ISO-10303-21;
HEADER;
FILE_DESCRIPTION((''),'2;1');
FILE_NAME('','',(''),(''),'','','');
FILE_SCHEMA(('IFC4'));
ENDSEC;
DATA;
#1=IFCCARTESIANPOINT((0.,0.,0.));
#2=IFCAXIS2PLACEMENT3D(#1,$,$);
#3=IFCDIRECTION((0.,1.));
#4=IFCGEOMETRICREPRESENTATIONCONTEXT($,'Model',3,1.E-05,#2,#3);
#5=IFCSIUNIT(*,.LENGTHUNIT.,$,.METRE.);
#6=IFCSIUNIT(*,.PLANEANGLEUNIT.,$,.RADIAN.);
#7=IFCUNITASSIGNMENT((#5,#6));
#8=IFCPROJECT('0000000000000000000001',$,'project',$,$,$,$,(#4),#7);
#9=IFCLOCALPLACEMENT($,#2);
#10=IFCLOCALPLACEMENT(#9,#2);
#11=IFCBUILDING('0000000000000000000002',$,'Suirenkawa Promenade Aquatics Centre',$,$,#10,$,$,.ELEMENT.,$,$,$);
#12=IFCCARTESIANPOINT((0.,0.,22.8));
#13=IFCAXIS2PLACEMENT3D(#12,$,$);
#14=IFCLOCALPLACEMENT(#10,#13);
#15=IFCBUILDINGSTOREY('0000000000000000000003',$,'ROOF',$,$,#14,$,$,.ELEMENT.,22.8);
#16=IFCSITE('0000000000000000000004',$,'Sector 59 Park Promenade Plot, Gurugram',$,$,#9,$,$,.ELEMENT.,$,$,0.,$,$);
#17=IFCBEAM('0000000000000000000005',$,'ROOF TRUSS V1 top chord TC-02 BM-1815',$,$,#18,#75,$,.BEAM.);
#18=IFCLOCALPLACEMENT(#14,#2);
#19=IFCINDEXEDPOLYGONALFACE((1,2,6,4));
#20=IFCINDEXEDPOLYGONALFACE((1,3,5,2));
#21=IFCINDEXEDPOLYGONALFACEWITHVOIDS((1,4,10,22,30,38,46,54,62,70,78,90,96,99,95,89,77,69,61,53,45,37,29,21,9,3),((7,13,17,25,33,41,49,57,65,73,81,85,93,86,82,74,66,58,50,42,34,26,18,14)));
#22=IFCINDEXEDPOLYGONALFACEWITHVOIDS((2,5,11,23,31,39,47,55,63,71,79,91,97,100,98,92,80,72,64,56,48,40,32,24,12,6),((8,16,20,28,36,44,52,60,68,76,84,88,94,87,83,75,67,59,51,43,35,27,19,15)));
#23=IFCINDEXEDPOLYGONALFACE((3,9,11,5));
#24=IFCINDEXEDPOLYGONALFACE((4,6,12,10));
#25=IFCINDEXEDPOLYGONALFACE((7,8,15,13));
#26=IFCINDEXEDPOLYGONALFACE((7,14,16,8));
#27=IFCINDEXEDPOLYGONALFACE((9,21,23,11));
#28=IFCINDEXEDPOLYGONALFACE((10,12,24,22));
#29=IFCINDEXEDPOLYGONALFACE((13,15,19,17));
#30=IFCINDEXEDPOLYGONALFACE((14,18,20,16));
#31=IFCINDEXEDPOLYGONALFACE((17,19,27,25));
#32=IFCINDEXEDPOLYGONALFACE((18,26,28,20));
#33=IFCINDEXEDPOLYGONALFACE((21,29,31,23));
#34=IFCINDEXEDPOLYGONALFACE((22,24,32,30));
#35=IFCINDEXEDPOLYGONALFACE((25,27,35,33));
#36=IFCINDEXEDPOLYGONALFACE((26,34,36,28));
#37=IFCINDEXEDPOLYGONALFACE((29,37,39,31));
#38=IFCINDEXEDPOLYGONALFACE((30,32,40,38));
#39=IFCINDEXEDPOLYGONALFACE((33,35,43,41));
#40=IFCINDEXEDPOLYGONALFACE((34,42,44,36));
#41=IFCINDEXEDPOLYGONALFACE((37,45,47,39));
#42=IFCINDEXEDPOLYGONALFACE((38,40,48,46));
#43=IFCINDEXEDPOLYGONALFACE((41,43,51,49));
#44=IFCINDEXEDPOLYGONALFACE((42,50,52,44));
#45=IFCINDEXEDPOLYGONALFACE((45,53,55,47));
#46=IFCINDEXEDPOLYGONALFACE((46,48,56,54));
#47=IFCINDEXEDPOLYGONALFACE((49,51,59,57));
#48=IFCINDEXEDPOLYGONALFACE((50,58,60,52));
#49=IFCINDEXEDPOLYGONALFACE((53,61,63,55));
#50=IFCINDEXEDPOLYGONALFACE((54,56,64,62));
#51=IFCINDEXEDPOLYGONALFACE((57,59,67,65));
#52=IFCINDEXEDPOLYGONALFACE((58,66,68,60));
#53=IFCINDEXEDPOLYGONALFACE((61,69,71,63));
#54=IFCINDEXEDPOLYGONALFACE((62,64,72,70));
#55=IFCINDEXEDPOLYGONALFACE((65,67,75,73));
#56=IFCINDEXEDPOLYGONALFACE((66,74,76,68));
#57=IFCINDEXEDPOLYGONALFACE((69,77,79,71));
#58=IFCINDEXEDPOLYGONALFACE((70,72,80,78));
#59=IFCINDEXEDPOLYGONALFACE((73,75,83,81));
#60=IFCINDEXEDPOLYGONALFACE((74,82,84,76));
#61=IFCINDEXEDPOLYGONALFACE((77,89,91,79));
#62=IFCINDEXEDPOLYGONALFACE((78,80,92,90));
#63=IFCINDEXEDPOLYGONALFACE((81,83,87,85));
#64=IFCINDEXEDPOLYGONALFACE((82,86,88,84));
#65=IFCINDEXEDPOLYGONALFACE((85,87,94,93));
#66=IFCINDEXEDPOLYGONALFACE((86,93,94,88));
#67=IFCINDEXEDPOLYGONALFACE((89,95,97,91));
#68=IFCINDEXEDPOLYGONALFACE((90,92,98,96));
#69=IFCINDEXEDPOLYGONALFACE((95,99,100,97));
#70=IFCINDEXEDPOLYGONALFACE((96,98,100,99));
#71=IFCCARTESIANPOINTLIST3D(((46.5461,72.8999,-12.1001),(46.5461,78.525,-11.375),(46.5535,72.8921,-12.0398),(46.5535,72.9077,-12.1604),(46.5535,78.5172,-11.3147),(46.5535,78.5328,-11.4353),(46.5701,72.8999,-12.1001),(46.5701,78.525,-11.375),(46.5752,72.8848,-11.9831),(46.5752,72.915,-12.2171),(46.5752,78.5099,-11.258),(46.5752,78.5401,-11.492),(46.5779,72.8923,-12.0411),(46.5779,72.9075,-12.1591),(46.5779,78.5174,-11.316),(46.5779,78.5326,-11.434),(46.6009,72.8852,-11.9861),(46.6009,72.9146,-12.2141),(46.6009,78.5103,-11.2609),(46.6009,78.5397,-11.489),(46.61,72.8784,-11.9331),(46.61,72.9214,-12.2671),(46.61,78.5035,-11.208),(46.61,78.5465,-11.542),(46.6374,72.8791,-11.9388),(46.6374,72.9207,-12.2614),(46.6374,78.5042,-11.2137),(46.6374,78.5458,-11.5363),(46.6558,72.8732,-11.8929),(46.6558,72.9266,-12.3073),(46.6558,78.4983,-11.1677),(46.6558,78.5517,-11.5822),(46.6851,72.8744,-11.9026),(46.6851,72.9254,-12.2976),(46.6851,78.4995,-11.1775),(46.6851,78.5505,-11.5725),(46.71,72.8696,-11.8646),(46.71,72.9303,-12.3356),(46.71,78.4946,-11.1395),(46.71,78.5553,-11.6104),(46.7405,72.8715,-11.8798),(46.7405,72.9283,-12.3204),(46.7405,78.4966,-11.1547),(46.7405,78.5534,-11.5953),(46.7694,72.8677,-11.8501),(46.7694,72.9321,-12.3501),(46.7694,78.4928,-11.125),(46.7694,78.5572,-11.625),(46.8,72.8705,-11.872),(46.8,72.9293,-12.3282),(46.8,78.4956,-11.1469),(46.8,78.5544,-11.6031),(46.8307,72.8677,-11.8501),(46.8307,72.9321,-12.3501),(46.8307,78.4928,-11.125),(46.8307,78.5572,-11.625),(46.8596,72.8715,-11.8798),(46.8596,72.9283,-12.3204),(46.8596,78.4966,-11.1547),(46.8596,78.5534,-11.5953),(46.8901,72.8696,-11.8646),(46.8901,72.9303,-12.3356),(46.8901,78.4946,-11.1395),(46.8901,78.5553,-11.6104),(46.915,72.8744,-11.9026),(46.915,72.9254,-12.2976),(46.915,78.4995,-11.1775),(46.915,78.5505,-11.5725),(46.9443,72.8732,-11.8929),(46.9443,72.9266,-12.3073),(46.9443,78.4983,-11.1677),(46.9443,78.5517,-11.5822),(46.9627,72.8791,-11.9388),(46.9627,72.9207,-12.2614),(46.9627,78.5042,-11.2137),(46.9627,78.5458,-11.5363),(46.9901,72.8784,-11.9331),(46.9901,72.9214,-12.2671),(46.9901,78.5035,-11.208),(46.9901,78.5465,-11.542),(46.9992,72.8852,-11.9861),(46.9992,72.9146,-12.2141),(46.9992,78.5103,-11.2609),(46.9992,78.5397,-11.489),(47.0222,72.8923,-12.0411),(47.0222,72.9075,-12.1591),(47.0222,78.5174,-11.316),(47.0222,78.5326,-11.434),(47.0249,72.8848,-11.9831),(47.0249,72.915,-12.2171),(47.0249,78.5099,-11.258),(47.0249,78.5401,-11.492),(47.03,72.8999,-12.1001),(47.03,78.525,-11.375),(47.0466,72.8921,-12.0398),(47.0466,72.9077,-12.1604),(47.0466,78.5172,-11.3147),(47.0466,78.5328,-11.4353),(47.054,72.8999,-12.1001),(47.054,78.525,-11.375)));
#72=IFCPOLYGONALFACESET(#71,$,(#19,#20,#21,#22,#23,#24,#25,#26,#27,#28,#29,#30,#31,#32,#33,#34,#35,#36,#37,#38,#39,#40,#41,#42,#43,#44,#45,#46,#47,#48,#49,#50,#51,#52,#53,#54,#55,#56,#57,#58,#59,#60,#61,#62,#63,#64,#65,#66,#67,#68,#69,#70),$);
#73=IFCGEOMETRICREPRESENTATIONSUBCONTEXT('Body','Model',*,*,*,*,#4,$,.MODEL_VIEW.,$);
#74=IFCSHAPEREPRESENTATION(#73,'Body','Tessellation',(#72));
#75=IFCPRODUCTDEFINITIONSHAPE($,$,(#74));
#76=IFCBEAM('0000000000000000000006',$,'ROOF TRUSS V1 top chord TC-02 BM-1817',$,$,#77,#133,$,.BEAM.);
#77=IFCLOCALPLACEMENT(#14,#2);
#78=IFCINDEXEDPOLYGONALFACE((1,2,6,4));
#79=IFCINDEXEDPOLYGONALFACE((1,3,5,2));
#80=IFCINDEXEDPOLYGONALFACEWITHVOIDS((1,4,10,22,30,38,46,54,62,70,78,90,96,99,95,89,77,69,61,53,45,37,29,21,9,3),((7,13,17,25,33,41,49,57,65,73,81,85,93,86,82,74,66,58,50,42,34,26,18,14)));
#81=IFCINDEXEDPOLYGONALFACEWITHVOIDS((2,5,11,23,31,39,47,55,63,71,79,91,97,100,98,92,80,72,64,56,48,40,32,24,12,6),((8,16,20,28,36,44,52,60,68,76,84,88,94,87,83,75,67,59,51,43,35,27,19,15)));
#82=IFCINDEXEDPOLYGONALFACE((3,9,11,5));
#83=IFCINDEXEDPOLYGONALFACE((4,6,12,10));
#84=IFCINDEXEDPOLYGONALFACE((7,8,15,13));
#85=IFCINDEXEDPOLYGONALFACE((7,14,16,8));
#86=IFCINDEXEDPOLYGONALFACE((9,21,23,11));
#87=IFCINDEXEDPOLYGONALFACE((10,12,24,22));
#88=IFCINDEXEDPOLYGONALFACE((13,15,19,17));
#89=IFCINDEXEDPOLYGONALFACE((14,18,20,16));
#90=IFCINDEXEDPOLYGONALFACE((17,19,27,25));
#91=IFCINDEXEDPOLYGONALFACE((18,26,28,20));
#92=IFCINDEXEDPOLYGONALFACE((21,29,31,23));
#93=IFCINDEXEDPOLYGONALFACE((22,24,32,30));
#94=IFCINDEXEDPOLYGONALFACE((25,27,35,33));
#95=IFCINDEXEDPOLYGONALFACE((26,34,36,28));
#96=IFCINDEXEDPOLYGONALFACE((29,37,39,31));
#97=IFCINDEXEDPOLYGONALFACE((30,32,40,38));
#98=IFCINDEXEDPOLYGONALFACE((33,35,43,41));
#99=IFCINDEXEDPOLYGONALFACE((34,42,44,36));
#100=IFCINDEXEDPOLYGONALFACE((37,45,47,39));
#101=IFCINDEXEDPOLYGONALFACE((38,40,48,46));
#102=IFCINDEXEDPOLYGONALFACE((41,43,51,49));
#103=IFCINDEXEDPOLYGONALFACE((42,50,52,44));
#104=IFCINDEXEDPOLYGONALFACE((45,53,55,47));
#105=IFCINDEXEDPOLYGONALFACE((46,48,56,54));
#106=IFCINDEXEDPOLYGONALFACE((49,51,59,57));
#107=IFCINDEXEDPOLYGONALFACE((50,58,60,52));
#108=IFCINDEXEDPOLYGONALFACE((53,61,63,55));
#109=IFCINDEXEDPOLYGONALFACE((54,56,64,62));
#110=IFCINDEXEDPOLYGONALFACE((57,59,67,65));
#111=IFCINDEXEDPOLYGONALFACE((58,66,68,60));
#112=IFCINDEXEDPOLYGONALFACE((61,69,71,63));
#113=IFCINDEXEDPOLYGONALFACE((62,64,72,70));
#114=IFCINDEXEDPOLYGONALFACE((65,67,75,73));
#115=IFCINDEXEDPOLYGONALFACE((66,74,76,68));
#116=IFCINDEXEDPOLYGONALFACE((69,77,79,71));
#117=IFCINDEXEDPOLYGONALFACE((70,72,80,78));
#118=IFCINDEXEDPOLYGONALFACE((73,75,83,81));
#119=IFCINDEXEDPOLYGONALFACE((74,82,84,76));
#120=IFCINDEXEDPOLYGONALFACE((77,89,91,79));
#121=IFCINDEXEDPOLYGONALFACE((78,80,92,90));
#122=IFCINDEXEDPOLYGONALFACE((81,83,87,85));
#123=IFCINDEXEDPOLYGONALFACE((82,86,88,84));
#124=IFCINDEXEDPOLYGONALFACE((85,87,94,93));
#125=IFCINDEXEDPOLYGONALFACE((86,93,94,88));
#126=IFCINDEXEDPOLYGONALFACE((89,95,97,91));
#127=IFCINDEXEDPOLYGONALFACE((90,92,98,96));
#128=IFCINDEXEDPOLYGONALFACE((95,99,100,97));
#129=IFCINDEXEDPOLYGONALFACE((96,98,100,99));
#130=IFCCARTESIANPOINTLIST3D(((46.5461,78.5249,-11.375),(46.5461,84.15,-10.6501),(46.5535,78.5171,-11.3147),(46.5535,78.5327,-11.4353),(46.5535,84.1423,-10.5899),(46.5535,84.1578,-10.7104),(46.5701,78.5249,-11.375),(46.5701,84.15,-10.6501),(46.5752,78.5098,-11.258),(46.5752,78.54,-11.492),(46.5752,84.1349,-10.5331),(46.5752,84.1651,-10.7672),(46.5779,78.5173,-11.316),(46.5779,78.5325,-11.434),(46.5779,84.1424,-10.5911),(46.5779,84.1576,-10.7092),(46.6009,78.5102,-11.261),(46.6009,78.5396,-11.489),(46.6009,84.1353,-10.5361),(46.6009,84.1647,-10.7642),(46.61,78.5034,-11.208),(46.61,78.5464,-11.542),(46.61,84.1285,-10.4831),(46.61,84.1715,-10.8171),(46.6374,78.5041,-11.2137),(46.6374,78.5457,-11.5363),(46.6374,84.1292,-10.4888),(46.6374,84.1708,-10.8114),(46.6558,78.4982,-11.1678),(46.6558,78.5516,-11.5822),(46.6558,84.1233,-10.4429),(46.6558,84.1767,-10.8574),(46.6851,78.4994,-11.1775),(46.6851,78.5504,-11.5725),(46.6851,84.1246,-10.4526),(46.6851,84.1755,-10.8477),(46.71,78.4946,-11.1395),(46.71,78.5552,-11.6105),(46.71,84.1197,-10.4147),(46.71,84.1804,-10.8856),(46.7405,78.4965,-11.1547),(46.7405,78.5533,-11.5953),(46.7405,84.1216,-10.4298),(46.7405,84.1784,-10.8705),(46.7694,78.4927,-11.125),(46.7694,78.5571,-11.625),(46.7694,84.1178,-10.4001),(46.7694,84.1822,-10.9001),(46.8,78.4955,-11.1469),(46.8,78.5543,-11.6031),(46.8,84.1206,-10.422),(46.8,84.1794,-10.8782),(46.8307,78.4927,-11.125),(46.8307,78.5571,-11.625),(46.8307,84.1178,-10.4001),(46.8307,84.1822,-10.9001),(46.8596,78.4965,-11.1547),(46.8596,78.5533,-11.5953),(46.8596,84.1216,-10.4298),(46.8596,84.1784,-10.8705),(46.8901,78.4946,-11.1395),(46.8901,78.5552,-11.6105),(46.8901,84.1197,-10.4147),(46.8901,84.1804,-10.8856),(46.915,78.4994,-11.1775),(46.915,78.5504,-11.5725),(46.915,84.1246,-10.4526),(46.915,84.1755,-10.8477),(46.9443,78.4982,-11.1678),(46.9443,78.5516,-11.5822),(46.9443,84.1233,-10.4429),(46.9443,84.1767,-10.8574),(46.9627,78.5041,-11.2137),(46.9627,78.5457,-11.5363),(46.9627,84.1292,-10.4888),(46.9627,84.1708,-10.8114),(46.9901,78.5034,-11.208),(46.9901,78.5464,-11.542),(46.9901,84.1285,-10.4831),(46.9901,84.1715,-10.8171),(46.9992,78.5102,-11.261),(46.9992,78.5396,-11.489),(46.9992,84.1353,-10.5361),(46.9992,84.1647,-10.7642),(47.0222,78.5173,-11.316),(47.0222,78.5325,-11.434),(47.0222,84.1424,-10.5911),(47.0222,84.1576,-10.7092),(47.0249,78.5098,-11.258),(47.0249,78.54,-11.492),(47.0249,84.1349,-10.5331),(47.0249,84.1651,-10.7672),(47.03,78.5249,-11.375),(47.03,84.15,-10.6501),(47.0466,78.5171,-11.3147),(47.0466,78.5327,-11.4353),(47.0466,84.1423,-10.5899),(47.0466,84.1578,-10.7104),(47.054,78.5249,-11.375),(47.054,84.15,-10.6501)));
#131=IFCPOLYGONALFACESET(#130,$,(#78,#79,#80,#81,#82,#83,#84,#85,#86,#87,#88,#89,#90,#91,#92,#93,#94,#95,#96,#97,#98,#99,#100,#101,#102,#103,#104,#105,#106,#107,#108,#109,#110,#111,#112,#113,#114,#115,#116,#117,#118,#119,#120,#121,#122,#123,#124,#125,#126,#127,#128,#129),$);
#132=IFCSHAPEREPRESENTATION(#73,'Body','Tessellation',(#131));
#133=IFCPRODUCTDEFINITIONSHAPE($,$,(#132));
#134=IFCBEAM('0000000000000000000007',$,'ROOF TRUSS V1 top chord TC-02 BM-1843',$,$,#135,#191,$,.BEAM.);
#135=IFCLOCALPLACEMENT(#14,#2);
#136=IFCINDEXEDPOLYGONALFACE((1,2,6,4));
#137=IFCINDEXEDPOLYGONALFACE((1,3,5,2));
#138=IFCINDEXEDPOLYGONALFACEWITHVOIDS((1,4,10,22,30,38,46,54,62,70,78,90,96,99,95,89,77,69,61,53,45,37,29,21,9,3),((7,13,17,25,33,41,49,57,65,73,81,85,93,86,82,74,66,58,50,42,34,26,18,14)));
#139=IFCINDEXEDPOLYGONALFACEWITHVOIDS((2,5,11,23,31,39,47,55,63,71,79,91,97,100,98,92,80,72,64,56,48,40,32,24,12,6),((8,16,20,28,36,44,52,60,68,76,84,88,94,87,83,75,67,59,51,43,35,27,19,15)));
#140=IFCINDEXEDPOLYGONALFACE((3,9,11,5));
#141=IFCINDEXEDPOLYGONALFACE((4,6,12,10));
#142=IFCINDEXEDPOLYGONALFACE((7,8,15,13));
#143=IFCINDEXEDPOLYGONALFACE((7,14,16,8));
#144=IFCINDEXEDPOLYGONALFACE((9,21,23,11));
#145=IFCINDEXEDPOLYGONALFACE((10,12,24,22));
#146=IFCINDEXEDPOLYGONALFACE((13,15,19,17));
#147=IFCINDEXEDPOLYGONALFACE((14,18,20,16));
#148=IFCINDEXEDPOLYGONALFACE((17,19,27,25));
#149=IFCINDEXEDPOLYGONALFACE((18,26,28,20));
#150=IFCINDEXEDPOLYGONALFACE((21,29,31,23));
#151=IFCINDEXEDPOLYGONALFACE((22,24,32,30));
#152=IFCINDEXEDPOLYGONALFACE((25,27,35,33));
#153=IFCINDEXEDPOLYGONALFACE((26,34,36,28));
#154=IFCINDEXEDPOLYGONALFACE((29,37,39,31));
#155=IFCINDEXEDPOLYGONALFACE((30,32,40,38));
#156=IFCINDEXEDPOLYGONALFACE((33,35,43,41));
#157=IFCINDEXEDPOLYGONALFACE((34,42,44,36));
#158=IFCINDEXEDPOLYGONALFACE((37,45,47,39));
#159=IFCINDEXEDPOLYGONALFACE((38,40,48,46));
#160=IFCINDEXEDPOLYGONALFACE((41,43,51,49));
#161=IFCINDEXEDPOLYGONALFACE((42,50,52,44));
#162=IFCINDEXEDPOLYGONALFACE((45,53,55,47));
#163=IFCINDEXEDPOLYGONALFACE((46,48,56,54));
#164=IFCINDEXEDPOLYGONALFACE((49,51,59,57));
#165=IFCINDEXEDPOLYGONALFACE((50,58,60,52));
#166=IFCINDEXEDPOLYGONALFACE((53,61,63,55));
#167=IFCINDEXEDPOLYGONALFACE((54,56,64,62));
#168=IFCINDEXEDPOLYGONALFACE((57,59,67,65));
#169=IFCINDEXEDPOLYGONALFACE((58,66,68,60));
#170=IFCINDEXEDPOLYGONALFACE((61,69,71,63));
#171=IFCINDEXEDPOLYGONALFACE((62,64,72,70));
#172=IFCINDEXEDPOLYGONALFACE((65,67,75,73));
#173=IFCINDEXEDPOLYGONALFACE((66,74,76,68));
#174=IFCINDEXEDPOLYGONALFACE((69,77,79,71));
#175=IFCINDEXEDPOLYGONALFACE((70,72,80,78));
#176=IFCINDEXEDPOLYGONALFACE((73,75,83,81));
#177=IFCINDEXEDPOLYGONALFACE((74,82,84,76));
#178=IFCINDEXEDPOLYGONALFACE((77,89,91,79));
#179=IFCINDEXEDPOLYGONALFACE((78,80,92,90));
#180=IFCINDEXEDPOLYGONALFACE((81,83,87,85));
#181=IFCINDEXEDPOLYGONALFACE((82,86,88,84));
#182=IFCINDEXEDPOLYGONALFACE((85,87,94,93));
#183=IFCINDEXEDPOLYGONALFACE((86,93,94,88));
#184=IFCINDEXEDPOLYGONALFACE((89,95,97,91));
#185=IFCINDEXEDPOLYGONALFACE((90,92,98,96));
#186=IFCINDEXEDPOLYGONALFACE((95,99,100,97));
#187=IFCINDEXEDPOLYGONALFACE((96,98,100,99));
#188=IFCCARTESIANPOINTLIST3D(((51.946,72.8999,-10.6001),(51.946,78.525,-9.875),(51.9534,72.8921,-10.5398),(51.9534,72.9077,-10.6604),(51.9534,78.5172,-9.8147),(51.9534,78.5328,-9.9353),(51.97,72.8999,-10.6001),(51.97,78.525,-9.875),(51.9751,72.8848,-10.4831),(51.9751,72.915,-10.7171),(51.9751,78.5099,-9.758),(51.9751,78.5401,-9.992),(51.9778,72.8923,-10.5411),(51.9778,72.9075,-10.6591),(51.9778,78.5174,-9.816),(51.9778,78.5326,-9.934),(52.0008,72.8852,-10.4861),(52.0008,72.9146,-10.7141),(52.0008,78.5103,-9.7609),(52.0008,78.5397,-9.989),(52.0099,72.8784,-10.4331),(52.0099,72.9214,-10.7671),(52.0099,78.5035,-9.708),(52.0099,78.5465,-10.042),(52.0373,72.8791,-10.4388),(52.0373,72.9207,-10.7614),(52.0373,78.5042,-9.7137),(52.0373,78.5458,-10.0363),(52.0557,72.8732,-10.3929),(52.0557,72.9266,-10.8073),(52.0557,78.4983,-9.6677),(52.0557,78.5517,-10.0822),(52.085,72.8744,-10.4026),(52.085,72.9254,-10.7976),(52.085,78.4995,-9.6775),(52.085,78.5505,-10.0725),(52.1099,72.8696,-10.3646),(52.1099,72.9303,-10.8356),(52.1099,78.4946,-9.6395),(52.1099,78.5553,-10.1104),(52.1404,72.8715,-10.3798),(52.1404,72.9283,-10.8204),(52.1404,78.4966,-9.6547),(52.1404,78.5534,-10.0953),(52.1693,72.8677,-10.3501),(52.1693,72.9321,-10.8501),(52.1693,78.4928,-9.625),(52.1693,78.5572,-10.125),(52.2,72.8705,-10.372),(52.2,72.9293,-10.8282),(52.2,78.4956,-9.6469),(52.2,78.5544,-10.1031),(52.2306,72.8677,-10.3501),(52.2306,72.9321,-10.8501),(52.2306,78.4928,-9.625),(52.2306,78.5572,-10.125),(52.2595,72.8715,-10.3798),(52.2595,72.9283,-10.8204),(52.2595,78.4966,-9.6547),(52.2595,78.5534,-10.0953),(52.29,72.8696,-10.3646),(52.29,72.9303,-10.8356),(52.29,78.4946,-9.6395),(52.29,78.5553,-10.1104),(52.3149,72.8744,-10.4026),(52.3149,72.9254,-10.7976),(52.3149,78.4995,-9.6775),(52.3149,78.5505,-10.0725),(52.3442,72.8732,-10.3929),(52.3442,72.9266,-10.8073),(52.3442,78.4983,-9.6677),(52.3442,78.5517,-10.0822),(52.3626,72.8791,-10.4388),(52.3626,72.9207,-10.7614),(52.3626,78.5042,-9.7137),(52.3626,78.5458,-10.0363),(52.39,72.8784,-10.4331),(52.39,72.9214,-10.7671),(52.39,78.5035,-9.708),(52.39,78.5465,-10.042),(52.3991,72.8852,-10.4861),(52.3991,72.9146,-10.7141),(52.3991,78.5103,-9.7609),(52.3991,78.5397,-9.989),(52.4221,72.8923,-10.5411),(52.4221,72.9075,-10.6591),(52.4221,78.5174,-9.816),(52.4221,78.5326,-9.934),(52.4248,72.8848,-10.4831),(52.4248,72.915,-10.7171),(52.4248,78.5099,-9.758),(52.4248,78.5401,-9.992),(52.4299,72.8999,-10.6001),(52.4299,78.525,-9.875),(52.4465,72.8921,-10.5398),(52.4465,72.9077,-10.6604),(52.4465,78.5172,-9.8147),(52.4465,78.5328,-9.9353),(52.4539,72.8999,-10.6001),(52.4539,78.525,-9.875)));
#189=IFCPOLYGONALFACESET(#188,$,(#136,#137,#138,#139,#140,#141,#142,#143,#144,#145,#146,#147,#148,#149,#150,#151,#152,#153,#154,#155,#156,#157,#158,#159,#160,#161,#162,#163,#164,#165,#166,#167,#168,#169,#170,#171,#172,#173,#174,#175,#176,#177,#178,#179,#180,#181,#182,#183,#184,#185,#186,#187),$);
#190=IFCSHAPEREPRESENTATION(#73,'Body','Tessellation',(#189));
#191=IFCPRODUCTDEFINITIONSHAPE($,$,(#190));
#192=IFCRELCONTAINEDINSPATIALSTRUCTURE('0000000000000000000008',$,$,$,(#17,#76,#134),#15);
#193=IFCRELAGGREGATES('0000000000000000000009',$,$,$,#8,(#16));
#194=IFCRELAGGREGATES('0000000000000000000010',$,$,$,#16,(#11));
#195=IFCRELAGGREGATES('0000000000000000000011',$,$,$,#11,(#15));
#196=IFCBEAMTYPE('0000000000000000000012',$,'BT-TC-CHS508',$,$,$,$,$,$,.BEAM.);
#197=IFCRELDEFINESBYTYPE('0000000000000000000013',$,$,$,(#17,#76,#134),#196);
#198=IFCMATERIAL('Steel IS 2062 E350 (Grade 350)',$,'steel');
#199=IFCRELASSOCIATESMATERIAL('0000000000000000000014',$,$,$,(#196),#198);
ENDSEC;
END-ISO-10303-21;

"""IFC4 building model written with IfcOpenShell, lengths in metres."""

from ifc_helpers import new_model, si_unit, direction, frame, origin, origin_2d, place, context, subcontext, project, spatial, hollow_circle, extrude, material, material_profile, profile_set, type_object, element, save


model = new_model("IFC4")

# Units and contexts
model_context = context("Model", 3, precision=1e-05, world=origin(), true_north=direction((0.0, 1.0)))
body_context = subcontext(model_context, "Body", "Model", "MODEL_VIEW")
ifc_project = project(units=[si_unit("LENGTHUNIT", "METRE"), si_unit("PLANEANGLEUNIT", "RADIAN")], contexts=[model_context])

# Site, building, storey
site_placement = place(None, origin())
site = spatial("IfcSite", under=ifc_project, at=site_placement, Name="Sector 59 Park Promenade Plot, Gurugram", CompositionType="ELEMENT", RefElevation=0.0)
building_placement = place(site_placement, origin())
building = spatial("IfcBuilding", under=site, at=building_placement, Name="Suirenkawa Promenade Aquatics Centre", CompositionType="ELEMENT")
storey_placement = place(building_placement, frame((0.0, 0.0, 22.8)))
storey = spatial("IfcBuildingStorey", under=building, at=storey_placement, Name="ROOF", CompositionType="ELEMENT", Elevation=22.8)

# Beams
ifc_material = material(Name="Steel IS 2062 E350 (Grade 350)", Category="steel")
ifc_material_profile_1 = material_profile(ifc_material, hollow_circle(Radius=0.2539, WallThickness=0.0239, at=origin_2d()), Name="CHS 508x24", Category="steel")
ifc_profile_set_1 = profile_set([ifc_material_profile_1], Name="Steel IS 2062 E350 (Grade 350)")
beam_type_1 = type_object("IfcBeamType", Name="BT-TC-CHS508", PredefinedType="BEAM", material=ifc_profile_set_1)
for number, where, z_axis, x_axis, name in (
    (1, (46.8, 72.8999, -12.1001), (0.0, 0.991794, 0.127848), (-1.0, 0.0, 0.0), "ROOF TRUSS V1 top chord TC-02 BM-1815"),
    (2, (46.8, 78.5249, -11.375), (0.0, 0.991799, 0.127806), (-1.0, 0.0, 0.0), "ROOF TRUSS V1 top chord TC-02 BM-1817"),
    (3, (52.2, 72.8999, -10.6001), (0.0, 0.991794, 0.127848), (-1.0, 0.0, 0.0), "ROOF TRUSS V1 top chord TC-02 BM-1843"),
):
    element("IfcBeam", number, at=place(storey_placement, frame(where, z_axis=z_axis, x_axis=x_axis)), inside=storey, type_object=beam_type_1, Name=name, PredefinedType="BEAM", context=body_context, shape_type="SweptSolid", body=[
        extrude(hollow_circle(Radius=0.2539, WallThickness=0.0239, at=origin_2d()), origin(), (0.0, 0.0, 1.0), 5.6716),
    ])

save(model, "model.ifc")
